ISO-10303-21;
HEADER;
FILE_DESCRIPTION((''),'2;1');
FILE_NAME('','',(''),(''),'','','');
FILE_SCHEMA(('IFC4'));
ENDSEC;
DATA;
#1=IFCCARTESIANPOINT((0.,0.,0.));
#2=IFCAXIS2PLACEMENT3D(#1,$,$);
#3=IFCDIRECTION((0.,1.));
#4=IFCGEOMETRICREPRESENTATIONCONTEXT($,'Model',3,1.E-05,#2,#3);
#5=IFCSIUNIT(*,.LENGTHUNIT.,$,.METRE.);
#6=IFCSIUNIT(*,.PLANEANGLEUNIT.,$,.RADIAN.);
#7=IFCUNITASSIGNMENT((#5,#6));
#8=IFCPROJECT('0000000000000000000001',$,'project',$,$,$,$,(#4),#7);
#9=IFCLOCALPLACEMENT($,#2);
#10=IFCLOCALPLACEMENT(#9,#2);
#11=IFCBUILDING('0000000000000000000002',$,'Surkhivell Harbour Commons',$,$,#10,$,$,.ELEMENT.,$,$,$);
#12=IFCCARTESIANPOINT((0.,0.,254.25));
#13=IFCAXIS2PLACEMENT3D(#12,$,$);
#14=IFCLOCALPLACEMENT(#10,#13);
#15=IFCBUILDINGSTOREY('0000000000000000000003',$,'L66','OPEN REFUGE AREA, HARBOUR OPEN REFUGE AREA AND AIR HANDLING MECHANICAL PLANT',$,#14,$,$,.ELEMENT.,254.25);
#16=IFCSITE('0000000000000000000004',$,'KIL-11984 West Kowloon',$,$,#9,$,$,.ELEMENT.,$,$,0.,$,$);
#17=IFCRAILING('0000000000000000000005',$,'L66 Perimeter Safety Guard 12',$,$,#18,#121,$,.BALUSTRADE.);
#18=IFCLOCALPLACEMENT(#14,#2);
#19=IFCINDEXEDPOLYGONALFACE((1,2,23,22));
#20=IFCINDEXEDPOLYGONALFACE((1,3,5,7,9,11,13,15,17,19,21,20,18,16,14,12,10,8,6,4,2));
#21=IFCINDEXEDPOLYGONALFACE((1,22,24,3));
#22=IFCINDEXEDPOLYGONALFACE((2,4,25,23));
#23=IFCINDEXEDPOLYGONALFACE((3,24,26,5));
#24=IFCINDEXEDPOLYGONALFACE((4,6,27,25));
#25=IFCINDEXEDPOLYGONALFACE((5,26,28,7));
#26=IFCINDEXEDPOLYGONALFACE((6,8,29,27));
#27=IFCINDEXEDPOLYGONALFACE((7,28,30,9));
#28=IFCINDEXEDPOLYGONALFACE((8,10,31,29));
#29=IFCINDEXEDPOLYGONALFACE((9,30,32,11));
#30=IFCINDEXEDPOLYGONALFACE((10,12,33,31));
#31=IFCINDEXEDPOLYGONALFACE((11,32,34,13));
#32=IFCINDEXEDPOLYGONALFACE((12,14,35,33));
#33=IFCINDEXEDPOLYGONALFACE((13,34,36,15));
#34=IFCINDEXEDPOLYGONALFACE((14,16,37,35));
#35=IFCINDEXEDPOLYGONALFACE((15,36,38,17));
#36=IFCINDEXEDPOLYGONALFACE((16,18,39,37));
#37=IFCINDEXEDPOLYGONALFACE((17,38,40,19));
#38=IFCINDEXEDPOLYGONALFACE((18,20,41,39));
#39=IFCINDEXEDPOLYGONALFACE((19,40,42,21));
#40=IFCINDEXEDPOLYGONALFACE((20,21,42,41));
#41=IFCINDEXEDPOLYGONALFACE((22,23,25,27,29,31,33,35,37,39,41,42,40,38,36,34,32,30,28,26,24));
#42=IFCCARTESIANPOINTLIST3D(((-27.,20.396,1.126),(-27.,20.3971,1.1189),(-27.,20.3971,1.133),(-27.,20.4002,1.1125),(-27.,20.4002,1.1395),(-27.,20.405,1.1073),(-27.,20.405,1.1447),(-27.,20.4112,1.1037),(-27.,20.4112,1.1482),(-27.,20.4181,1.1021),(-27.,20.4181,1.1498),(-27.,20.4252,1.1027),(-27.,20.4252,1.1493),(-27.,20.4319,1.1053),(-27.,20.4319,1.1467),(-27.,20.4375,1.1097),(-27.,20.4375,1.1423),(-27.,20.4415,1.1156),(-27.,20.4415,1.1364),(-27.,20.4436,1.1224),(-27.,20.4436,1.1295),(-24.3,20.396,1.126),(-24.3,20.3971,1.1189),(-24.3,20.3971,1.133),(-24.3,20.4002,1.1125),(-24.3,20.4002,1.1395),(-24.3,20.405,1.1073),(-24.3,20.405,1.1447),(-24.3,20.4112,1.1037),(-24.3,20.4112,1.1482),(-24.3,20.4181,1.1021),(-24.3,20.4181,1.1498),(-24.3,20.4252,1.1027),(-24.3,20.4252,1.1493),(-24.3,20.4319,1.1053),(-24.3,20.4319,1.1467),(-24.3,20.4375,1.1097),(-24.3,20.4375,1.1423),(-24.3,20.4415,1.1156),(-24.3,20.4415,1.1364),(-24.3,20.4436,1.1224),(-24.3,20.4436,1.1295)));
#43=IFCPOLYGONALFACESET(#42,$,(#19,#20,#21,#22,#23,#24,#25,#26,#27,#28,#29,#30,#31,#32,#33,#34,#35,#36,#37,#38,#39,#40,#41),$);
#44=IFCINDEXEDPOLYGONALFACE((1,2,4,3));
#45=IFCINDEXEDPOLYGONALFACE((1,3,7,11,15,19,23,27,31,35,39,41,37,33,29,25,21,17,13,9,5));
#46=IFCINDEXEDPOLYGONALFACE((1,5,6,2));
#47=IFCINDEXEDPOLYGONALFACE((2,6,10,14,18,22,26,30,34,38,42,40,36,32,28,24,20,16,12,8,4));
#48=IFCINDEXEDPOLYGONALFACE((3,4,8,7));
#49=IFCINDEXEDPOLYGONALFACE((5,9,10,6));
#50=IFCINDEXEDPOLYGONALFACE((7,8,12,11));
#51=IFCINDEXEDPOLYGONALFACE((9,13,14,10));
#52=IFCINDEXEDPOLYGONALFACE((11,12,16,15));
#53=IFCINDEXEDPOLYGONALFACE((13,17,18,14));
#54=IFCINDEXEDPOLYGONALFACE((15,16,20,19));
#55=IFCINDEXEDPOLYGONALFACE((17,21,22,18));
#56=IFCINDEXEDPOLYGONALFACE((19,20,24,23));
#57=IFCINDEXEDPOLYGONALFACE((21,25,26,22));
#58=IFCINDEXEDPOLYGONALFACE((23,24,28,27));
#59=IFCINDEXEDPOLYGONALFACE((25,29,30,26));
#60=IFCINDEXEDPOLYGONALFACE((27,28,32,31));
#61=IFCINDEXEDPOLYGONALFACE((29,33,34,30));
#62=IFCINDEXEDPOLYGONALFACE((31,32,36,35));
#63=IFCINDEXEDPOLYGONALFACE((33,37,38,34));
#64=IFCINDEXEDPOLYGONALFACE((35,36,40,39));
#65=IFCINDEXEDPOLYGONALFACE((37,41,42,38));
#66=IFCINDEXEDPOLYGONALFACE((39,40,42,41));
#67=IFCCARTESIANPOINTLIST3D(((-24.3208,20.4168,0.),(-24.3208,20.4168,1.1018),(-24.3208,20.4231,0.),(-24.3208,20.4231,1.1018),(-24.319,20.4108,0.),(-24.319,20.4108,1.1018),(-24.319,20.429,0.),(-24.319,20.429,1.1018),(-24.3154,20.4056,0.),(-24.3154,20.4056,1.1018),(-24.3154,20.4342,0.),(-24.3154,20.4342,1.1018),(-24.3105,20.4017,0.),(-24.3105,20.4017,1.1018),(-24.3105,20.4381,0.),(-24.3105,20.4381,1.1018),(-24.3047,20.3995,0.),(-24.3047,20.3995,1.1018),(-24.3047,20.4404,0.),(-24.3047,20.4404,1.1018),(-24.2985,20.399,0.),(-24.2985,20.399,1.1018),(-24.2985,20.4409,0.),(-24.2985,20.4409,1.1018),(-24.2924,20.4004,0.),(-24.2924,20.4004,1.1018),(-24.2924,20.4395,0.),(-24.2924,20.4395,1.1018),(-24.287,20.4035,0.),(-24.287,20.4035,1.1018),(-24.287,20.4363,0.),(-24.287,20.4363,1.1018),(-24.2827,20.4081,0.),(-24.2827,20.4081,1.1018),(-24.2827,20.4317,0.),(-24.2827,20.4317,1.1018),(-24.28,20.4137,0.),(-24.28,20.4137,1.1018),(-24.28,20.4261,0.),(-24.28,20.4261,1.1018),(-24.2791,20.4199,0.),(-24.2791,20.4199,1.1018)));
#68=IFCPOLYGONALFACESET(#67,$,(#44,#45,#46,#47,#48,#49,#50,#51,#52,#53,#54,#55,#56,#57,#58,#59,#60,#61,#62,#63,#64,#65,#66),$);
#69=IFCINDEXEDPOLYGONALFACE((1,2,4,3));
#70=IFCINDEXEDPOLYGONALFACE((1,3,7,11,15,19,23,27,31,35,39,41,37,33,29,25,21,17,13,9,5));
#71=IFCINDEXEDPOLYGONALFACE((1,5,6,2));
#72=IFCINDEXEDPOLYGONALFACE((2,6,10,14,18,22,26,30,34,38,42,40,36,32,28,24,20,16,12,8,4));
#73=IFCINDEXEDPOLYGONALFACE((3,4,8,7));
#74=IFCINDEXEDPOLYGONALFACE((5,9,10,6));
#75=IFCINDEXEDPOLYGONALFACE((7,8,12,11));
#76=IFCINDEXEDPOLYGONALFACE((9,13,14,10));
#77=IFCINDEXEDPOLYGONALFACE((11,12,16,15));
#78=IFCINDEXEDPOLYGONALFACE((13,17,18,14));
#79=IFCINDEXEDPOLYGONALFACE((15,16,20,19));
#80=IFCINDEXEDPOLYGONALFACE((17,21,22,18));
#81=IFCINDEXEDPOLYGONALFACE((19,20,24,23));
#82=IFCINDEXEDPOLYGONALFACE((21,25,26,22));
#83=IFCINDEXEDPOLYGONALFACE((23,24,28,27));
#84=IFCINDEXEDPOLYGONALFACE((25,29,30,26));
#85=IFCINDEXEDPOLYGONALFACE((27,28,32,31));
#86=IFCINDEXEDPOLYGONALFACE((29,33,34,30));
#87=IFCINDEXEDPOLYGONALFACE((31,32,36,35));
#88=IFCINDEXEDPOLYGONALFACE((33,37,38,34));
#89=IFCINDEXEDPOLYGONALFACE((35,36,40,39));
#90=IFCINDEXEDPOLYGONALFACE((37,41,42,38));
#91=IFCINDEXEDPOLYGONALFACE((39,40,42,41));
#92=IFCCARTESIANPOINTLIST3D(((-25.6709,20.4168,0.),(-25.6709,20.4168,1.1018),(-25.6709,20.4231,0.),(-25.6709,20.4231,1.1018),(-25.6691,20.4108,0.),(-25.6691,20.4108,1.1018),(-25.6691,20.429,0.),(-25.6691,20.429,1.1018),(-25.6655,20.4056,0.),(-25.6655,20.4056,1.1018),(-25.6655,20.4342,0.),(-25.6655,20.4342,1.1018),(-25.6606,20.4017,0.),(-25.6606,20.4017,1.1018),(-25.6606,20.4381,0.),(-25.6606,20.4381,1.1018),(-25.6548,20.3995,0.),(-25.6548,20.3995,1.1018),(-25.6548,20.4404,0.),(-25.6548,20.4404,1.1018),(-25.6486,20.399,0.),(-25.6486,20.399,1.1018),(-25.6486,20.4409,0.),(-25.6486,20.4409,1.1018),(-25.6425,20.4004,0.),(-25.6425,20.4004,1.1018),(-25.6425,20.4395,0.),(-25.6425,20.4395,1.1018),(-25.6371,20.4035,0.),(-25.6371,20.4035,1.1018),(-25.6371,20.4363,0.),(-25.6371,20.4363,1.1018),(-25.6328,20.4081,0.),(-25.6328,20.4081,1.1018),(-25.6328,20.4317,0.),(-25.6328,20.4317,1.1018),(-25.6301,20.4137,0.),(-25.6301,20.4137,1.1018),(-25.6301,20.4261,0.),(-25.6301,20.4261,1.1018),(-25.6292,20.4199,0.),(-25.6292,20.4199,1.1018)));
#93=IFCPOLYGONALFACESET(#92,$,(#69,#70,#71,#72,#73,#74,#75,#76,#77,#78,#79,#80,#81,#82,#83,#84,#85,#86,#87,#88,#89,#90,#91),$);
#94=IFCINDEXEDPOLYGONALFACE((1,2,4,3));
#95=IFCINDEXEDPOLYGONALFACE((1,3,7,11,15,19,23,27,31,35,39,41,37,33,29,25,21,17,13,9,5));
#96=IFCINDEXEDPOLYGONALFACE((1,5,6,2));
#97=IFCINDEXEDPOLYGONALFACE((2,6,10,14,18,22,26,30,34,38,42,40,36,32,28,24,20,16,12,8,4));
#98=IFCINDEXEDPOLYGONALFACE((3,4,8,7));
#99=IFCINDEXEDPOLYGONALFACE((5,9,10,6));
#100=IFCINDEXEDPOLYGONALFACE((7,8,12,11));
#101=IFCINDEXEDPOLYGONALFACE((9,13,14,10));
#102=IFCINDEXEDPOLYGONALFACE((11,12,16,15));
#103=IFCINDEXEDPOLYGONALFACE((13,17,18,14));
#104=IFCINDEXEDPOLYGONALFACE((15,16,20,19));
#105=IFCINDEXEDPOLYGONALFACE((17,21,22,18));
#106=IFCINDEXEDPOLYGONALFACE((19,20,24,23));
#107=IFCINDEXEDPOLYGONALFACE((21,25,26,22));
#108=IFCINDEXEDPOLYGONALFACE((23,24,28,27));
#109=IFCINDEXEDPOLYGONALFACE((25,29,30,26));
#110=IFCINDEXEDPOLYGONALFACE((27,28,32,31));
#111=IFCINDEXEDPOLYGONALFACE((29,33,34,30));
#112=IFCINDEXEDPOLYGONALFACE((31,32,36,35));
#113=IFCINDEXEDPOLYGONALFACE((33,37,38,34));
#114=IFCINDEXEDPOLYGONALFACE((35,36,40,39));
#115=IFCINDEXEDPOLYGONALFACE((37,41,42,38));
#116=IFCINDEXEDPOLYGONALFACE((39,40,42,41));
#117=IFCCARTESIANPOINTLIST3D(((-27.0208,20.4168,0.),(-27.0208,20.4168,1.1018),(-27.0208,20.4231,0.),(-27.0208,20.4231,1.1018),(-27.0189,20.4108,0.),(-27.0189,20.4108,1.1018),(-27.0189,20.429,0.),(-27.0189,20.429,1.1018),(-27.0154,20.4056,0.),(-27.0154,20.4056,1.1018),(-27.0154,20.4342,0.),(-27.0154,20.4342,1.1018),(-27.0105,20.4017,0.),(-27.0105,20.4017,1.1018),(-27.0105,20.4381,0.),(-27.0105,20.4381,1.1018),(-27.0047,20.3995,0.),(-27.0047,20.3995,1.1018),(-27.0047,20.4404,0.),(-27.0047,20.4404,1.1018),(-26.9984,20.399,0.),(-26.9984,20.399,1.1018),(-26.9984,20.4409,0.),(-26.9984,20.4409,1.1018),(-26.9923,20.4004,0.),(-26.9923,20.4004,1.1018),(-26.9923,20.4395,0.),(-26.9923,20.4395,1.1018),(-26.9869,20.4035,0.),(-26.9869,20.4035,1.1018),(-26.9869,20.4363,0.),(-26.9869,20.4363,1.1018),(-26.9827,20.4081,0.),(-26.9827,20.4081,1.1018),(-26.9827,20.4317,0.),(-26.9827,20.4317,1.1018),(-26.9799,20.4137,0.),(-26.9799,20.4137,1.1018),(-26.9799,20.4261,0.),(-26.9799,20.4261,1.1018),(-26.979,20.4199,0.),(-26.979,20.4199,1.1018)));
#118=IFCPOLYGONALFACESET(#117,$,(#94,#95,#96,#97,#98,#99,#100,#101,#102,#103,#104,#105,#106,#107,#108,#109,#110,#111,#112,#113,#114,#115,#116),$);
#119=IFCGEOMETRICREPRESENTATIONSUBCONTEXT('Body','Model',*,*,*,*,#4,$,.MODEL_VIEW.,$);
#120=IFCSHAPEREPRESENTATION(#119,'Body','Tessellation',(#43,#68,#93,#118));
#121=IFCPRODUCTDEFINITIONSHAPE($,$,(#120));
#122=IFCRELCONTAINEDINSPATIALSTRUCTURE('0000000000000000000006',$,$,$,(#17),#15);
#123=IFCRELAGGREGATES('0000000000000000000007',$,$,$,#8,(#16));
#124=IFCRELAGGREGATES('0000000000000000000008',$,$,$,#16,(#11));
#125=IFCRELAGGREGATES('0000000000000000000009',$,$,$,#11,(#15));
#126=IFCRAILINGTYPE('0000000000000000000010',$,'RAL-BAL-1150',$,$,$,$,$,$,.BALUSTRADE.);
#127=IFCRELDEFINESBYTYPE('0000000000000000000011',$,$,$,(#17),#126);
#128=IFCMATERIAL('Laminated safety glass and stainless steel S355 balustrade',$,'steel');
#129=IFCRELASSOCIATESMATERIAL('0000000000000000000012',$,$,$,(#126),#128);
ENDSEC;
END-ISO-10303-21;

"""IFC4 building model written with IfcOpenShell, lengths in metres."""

from ifc_helpers import new_model, si_unit, direction, frame, origin, origin_2d, place, context, subcontext, project, spatial, circle, extrude, material, type_object, element, save


model = new_model("IFC4")

# Units and contexts
model_context = context("Model", 3, precision=1e-05, world=origin(), true_north=direction((0.0, 1.0)))
body_context = subcontext(model_context, "Body", "Model", "MODEL_VIEW")
ifc_project = project(units=[si_unit("LENGTHUNIT", "METRE"), si_unit("PLANEANGLEUNIT", "RADIAN")], contexts=[model_context])

# Site, building, storey
site_placement = place(None, origin())
site = spatial("IfcSite", under=ifc_project, at=site_placement, Name="KIL-11984 West Kowloon", CompositionType="ELEMENT", RefElevation=0.0)
building_placement = place(site_placement, origin())
building = spatial("IfcBuilding", under=site, at=building_placement, Name="Surkhivell Harbour Commons", CompositionType="ELEMENT")
storey_placement = place(building_placement, frame((0.0, 0.0, 254.25)))
storey = spatial("IfcBuildingStorey", under=building, at=storey_placement, Name="L66", Description="OPEN REFUGE AREA, HARBOUR OPEN REFUGE AREA AND AIR HANDLING MECHANICAL PLANT", CompositionType="ELEMENT", Elevation=254.25)

# Railing
ifc_material_1 = material(Name="Laminated safety glass and stainless steel S355 balustrade", Category="steel")
railing_type = type_object("IfcRailingType", Name="RAL-BAL-1150", PredefinedType="BALUSTRADE", material=ifc_material_1)
railing_1_placement = place(storey_placement, frame((-24.3, 20.4199, 0.0)))
element("IfcRailing", 1, at=railing_1_placement, inside=storey, type_object=railing_type, Name="L66 Perimeter Safety Guard 12", PredefinedType="BALUSTRADE", context=body_context, shape_type="SweptSolid", body=[
    extrude(circle(Radius=0.0239, at=origin_2d()), frame((0.0, 0.0, 1.126), z_axis=(-1.0, 0.0, 0.0), x_axis=(0.0, -1.0, 0.0)), (0.0, 0.0, 1.0), 2.7),
    extrude(circle(Radius=0.021, at=origin_2d()), origin(), (0.0, 0.0, 1.0), 1.1018),
    extrude(circle(Radius=0.021, at=origin_2d()), frame((-1.3501, 0.0, 0.0)), (0.0, 0.0, 1.0), 1.1018),
    extrude(circle(Radius=0.021, at=origin_2d()), frame((-2.7, 0.0, 0.0)), (0.0, 0.0, 1.0), 1.1018),
])

save(model, "model.ifc")
